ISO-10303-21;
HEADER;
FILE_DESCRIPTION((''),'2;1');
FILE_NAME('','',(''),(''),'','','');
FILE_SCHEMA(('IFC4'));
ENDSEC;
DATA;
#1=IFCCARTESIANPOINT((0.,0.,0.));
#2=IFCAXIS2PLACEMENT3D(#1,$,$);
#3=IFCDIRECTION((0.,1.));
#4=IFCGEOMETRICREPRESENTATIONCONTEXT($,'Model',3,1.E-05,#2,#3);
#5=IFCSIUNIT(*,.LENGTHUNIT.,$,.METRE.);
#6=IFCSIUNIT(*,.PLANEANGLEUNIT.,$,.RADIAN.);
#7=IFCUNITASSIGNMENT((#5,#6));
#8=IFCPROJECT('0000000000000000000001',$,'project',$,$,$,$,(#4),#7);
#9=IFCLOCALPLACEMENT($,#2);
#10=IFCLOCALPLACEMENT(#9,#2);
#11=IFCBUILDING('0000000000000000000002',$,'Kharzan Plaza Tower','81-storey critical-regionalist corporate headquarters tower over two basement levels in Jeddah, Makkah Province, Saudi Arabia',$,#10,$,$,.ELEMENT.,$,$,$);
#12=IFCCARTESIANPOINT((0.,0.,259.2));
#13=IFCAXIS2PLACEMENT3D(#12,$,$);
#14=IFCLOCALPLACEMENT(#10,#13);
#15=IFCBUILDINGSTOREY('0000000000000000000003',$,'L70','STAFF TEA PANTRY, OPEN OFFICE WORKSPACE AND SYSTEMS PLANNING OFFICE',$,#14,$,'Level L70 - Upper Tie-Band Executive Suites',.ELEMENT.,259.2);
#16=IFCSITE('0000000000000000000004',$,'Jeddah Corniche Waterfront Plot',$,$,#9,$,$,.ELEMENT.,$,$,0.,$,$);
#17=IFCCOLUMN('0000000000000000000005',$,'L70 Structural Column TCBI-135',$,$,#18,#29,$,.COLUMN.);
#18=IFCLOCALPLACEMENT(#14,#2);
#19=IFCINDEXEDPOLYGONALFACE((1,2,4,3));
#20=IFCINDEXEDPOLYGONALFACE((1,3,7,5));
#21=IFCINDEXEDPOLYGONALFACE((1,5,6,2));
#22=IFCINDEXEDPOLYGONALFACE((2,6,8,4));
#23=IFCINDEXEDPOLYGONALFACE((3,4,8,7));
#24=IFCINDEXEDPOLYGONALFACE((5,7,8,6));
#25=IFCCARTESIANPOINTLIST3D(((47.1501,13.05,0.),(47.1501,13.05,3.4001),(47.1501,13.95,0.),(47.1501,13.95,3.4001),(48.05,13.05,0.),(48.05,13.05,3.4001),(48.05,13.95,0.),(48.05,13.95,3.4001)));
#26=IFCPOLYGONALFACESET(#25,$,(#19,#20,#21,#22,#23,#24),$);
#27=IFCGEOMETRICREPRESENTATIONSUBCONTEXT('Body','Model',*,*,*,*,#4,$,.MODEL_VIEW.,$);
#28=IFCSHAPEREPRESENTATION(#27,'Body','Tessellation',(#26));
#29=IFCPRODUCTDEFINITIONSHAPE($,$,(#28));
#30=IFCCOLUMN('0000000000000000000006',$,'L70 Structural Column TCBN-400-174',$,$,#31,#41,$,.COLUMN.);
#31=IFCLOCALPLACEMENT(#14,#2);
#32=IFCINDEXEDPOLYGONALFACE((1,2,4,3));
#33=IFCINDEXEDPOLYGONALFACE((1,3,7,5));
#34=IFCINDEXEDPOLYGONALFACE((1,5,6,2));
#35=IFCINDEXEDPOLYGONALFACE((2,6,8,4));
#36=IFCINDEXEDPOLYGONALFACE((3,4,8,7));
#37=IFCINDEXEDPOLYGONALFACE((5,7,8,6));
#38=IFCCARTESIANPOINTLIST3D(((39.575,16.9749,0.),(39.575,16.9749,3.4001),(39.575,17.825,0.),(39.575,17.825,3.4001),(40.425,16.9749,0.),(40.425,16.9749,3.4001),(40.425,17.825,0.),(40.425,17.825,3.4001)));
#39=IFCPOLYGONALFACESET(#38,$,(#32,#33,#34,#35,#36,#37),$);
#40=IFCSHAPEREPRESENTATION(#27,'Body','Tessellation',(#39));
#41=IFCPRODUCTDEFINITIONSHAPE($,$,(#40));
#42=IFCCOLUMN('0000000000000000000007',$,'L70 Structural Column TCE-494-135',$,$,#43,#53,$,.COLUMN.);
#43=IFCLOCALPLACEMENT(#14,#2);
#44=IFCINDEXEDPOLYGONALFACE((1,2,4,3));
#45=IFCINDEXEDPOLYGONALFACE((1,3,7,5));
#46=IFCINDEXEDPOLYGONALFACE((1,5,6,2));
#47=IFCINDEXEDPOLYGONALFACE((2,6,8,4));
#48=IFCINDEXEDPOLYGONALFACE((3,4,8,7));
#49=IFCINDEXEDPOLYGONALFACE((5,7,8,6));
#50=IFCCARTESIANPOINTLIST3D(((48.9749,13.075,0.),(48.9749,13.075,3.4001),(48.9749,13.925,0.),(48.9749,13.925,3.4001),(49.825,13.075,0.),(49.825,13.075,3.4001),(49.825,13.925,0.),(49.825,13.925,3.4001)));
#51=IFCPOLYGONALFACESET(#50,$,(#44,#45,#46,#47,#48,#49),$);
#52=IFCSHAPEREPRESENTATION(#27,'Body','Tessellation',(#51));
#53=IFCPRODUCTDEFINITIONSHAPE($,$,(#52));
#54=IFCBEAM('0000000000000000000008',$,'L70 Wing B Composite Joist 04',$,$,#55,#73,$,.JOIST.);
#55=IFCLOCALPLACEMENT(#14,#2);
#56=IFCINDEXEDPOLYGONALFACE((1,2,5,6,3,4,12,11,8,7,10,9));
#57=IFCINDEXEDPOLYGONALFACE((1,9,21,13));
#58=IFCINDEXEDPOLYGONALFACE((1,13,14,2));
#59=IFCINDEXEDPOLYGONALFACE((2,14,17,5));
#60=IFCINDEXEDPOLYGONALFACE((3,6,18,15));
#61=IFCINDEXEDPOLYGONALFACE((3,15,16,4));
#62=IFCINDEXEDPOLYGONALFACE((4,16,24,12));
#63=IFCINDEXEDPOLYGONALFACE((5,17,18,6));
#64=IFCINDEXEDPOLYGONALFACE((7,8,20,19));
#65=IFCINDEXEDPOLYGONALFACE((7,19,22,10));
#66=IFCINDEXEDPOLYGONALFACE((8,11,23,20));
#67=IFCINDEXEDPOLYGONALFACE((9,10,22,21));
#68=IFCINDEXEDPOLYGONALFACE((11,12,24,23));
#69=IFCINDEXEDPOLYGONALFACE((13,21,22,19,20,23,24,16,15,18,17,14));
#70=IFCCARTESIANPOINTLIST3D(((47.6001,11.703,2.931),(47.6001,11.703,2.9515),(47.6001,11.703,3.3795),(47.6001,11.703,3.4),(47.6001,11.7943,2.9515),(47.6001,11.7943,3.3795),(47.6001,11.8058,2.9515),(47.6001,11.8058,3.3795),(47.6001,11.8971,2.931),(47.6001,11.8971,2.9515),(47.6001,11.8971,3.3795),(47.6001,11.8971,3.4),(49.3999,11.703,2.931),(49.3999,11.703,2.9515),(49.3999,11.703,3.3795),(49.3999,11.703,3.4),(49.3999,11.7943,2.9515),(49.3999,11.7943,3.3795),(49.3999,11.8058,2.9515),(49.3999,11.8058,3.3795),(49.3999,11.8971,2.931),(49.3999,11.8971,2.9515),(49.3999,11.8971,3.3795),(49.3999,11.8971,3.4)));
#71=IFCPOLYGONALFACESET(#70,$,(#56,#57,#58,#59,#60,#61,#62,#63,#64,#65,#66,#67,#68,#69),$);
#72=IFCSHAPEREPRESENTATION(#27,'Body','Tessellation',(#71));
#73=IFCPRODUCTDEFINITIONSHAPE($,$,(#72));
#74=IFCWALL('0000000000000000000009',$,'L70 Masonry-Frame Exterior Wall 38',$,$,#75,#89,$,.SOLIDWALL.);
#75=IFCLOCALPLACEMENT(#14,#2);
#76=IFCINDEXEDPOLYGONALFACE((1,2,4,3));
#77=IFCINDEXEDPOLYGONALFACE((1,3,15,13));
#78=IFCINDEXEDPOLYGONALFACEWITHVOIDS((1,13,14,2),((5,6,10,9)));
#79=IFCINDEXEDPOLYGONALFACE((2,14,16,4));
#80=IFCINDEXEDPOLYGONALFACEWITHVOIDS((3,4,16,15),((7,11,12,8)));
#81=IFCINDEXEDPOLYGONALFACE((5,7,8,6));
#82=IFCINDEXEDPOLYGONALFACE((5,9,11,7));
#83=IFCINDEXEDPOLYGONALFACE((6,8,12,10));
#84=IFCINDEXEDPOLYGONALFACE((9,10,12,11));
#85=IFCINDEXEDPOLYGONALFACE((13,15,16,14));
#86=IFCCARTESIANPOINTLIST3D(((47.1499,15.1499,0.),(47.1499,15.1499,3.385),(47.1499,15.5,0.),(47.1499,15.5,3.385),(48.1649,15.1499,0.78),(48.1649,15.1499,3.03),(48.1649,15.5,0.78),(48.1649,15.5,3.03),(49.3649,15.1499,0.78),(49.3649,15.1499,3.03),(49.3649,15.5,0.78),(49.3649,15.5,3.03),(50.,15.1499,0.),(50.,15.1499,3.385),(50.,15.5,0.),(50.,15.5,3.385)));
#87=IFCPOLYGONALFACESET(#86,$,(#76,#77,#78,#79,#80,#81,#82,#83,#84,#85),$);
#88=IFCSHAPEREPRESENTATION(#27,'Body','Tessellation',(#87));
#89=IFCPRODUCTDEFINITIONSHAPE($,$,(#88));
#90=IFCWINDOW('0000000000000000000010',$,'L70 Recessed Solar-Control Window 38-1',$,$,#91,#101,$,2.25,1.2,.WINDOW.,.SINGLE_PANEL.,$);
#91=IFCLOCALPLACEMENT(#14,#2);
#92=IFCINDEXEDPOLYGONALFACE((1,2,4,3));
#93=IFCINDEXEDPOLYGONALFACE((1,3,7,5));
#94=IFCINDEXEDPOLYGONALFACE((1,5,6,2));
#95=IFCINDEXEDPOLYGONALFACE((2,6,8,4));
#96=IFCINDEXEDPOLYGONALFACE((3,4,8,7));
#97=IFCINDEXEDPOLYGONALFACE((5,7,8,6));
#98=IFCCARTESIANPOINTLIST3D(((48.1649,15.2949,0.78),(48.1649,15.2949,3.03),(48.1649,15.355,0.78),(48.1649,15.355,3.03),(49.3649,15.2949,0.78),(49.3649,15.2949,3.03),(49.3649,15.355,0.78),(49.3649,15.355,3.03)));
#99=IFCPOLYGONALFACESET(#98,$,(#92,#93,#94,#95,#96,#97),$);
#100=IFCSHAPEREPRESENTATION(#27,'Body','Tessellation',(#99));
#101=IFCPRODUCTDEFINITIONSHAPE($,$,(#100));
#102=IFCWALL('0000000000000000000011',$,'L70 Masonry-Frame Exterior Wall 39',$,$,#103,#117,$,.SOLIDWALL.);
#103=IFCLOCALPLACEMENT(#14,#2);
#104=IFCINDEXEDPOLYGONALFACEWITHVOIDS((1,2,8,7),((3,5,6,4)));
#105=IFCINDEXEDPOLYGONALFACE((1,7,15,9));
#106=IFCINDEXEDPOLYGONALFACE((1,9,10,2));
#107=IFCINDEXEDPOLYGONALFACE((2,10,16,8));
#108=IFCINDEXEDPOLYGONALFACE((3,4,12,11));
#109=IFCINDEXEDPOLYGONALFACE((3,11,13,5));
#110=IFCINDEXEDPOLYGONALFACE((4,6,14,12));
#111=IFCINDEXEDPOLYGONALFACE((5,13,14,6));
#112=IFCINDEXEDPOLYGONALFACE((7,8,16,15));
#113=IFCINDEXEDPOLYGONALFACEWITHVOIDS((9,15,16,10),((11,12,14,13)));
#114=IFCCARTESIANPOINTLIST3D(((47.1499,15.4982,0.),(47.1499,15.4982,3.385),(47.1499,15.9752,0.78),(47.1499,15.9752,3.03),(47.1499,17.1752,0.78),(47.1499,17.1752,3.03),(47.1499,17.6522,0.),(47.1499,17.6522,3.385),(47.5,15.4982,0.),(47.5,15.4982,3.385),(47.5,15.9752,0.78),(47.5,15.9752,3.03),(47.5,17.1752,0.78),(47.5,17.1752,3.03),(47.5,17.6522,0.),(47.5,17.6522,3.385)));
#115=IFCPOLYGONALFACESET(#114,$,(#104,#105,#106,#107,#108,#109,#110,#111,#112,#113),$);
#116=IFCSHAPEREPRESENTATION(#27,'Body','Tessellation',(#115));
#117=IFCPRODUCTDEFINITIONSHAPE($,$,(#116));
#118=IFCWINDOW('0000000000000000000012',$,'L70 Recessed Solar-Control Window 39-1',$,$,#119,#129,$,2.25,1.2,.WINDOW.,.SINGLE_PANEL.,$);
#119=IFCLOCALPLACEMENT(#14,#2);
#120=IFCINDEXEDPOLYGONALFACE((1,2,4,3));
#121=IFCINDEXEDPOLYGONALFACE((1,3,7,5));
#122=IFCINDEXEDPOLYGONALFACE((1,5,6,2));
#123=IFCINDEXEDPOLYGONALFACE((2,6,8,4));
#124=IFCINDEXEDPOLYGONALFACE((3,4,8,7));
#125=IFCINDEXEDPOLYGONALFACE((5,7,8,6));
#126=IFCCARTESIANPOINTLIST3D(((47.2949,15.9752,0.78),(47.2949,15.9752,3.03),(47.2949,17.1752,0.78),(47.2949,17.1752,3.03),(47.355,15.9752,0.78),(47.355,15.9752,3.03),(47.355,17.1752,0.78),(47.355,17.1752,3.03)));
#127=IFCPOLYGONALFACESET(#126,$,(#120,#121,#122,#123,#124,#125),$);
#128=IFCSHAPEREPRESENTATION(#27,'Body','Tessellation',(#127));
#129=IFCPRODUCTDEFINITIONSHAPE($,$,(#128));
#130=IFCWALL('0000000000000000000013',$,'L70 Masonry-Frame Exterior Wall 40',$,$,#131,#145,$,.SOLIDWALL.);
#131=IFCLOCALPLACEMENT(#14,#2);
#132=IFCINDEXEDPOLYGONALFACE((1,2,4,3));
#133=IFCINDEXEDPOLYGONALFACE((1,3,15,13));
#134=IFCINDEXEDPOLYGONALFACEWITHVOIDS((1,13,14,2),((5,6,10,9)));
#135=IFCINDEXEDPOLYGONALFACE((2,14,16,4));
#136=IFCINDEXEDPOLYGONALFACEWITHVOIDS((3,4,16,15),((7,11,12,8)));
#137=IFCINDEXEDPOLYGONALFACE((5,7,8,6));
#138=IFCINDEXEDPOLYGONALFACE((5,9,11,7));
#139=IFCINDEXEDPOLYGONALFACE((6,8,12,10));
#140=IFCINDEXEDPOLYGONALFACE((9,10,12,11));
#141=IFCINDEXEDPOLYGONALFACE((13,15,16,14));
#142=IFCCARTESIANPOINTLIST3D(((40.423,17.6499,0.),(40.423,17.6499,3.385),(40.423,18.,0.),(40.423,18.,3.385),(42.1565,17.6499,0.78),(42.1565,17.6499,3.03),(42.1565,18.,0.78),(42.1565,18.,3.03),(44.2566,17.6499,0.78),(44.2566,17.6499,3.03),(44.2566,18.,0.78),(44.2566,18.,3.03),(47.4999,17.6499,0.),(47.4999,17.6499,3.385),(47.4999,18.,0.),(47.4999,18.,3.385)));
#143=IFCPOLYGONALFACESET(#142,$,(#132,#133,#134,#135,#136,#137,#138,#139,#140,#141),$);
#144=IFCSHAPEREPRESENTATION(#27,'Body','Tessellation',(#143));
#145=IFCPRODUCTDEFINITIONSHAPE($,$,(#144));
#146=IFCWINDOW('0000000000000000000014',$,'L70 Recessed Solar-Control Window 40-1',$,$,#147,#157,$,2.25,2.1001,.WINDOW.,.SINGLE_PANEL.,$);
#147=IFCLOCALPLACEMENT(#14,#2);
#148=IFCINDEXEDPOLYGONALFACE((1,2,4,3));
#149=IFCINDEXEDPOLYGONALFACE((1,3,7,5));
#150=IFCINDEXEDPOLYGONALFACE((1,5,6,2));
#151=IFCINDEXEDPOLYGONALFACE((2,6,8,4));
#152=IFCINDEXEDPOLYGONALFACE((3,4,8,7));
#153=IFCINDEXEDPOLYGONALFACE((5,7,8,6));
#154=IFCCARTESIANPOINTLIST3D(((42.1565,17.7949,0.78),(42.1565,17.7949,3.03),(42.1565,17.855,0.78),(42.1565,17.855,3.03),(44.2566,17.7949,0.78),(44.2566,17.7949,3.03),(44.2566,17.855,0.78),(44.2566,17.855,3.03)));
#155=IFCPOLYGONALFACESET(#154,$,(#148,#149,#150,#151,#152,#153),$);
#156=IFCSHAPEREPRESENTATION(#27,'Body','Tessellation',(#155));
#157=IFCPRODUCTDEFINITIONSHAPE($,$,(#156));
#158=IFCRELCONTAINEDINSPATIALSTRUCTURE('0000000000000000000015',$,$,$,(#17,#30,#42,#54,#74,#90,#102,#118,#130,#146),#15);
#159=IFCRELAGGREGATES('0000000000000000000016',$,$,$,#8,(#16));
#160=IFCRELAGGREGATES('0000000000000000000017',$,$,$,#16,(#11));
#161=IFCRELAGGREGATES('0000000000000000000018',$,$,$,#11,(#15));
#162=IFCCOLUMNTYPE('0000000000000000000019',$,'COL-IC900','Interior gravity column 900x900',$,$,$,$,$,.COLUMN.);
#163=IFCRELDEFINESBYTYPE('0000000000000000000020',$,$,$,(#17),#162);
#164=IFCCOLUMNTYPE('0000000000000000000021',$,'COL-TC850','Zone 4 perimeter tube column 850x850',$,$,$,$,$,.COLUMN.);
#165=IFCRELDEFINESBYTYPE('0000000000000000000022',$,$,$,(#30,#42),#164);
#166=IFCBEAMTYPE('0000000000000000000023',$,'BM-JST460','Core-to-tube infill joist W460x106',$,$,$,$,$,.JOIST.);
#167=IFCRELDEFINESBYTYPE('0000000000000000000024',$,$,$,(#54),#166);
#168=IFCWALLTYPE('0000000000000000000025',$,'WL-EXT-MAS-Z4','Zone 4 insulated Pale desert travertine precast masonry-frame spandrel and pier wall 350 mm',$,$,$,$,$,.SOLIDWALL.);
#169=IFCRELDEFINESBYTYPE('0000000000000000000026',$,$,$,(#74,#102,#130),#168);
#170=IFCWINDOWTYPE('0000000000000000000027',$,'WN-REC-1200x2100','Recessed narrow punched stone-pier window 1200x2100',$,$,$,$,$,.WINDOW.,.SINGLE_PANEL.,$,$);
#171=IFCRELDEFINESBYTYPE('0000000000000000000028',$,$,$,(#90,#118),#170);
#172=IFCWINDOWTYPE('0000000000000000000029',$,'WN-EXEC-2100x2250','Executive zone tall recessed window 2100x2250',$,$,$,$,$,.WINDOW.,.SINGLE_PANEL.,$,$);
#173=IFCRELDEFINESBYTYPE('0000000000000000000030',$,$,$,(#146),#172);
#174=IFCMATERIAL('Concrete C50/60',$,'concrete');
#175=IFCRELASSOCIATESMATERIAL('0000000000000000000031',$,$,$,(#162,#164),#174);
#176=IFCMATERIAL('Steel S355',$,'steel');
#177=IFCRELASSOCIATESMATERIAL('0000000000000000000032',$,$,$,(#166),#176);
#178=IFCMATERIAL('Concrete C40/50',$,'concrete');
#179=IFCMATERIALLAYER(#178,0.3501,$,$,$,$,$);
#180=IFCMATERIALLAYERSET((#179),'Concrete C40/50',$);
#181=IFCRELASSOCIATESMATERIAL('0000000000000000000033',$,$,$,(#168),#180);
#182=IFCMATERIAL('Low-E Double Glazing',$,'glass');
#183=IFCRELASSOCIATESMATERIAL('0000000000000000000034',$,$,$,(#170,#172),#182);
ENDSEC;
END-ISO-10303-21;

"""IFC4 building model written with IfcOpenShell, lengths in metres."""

from ifc_helpers import new_model, si_unit, direction, frame, frame_2d, origin, origin_2d, place, context, subcontext, project, spatial, rectangle, i_section, extrude, source, transform, mapped, material, layer, layer_set, material_profile, profile_set, type_object, element, fill, save


model = new_model("IFC4")

# Units and contexts
model_context = context("Model", 3, precision=1e-05, world=origin(), true_north=direction((0.0, 1.0)))
body_context = subcontext(model_context, "Body", "Model", "MODEL_VIEW")
ifc_project = project(units=[si_unit("LENGTHUNIT", "METRE"), si_unit("PLANEANGLEUNIT", "RADIAN")], contexts=[model_context])

# Site, building, storey
site_placement = place(None, origin())
site = spatial("IfcSite", under=ifc_project, at=site_placement, Name="Jeddah Corniche Waterfront Plot", CompositionType="ELEMENT", RefElevation=0.0)
building_placement = place(site_placement, origin())
building = spatial("IfcBuilding", under=site, at=building_placement, Name="Kharzan Plaza Tower", Description="81-storey critical-regionalist corporate headquarters tower over two basement levels in Jeddah, Makkah Province, Saudi Arabia", CompositionType="ELEMENT")
storey_placement = place(building_placement, frame((0.0, 0.0, 259.2)))
storey = spatial("IfcBuildingStorey", under=building, at=storey_placement, Name="L70", Description="STAFF TEA PANTRY, OPEN OFFICE WORKSPACE AND SYSTEMS PLANNING OFFICE", LongName="Level L70 - Upper Tie-Band Executive Suites", CompositionType="ELEMENT", Elevation=259.2)

# Columns
ifc_material_1 = material(Name="Concrete C50/60", Category="concrete")
ifc_material_profile_1 = material_profile(ifc_material_1, rectangle(XDim=0.8999, YDim=0.8999, at=origin_2d()), Name="RC-IC900x900")
ifc_profile_set_1 = profile_set([ifc_material_profile_1], Name="Concrete C50/60")
column_type_1 = type_object("IfcColumnType", Name="COL-IC900", Description="Interior gravity column 900x900", PredefinedType="COLUMN", material=ifc_profile_set_1)
shared_shape_1 = source(origin(), body_context, "Body", "SweptSolid", [
    extrude(rectangle(XDim=0.8999, YDim=0.8999, at=origin_2d()), origin(), (0.0, 0.0, 1.0), 3.4001),
])
column_placement = place(storey_placement, frame((47.6001, 13.5, 0.0), z_axis=(0.0, 0.0, 1.0), x_axis=(1.0, 0.0, 0.0)))
element("IfcColumn", 1, at=column_placement, inside=storey, type_object=column_type_1, Name="L70 Structural Column TCBI-135", PredefinedType="COLUMN", context=body_context, shape_type="MappedRepresentation", body=[
    mapped(shared_shape_1, transform((0.0, 0.0, 0.0), x_axis=(1.0, 0.0, 0.0), y_axis=(0.0, 1.0, 0.0), z_axis=(0.0, 0.0, 1.0))),
])
ifc_material_profile_2 = material_profile(ifc_material_1, rectangle(XDim=0.8501, YDim=0.8501, at=origin_2d()), Name="RC-TC850x850")
ifc_profile_set_2 = profile_set([ifc_material_profile_2], Name="Concrete C50/60")
column_type_2 = type_object("IfcColumnType", Name="COL-TC850", Description="Zone 4 perimeter tube column 850x850", PredefinedType="COLUMN", material=ifc_profile_set_2)
shared_shape_2 = source(origin(), body_context, "Body", "SweptSolid", [
    extrude(rectangle(XDim=0.8501, YDim=0.8501, at=origin_2d()), origin(), (0.0, 0.0, 1.0), 3.4001),
])
for number, where, z_axis, x_axis, name in (
    (2, (40.0, 17.3999, 0.0), (0.0, 0.0, 1.0), (1.0, 0.0, 0.0), "L70 Structural Column TCBN-400-174"),
    (3, (49.3999, 13.5, 0.0), (0.0, 0.0, 1.0), (1.0, 0.0, 0.0), "L70 Structural Column TCE-494-135"),
):
    element("IfcColumn", number, at=place(storey_placement, frame(where, z_axis=z_axis, x_axis=x_axis)), inside=storey, type_object=column_type_2, Name=name, PredefinedType="COLUMN", context=body_context, shape_type="MappedRepresentation", body=[
        mapped(shared_shape_2, transform((0.0, 0.0, 0.0), x_axis=(1.0, 0.0, 0.0), y_axis=(0.0, 1.0, 0.0), z_axis=(0.0, 0.0, 1.0))),
    ])

# Beam
ifc_material_2 = material(Name="Steel S355", Category="steel")
ifc_material_profile_3 = material_profile(ifc_material_2, i_section(OverallWidth=0.1941, OverallDepth=0.469, WebThickness=0.0115, FlangeThickness=0.0205, at=origin_2d()), Name="W460x106")
ifc_profile_set_3 = profile_set([ifc_material_profile_3], Name="Steel S355")
beam_type = type_object("IfcBeamType", Name="BM-JST460", Description="Core-to-tube infill joist W460x106", PredefinedType="JOIST", material=ifc_profile_set_3)
shared_shape_3 = source(origin(), body_context, "Body", "SweptSolid", [
    extrude(i_section(OverallWidth=0.1941, OverallDepth=0.469, WebThickness=0.0115, FlangeThickness=0.0205, at=origin_2d()), origin(), (0.0, 0.0, 1.0), 1.7998),
])
beam_placement = place(storey_placement, frame((47.6001, 11.8, 3.1655), z_axis=(1.0, 0.0, 0.0), x_axis=(0.0, 1.0, 0.0)))
element("IfcBeam", 4, at=beam_placement, inside=storey, type_object=beam_type, Name="L70 Wing B Composite Joist 04", PredefinedType="JOIST", context=body_context, shape_type="MappedRepresentation", body=[
    mapped(shared_shape_3, transform((0.0, 0.0, 0.0), x_axis=(1.0, 0.0, 0.0), y_axis=(0.0, 1.0, 0.0), z_axis=(0.0, 0.0, 1.0))),
])

# Walls, openings, windows
ifc_material_3 = material(Name="Concrete C40/50", Category="concrete")
ifc_layer_1 = layer(ifc_material_3, 0.3501)
ifc_layer_set_1 = layer_set([ifc_layer_1], Name="Concrete C40/50")
wall_type_1 = type_object("IfcWallType", Name="WL-EXT-MAS-Z4", Description="Zone 4 insulated Pale desert travertine precast masonry-frame spandrel and pier wall 350 mm", PredefinedType="SOLIDWALL", material=ifc_layer_set_1)
wall_1_placement = place(storey_placement, frame((50.0, 15.325, 0.0), z_axis=(0.0, 0.0, 1.0), x_axis=(-1.0, 0.0, 0.0)))
wall_1 = element("IfcWall", 5, at=wall_1_placement, inside=storey, type_object=wall_type_1, Name="L70 Masonry-Frame Exterior Wall 38", PredefinedType="SOLIDWALL", context=body_context, shape_type="SweptSolid", body=[
    extrude(rectangle(XDim=2.8501, YDim=0.3501, at=frame_2d((1.425, 0.0))), origin(), (0.0, 0.0, 1.0), 3.385),
])
opening_1_placement = place(wall_1_placement, frame((0.635, 0.0, 0.78)))
opening_1 = element("IfcOpeningElement", 6, at=opening_1_placement, cuts=wall_1, PredefinedType="OPENING", context=body_context, shape_type="SweptSolid", body=[
    extrude(rectangle(XDim=1.2, YDim=2.25, at=frame_2d((0.6001, 1.125))), frame((0.0, 0.1851, 0.0), z_axis=(0.0, -1.0, 0.0), x_axis=(1.0, 0.0, 0.0)), (0.0, 0.0, 1.0), 0.3701),
])
ifc_material_4 = material(Name="Low-E Double Glazing", Category="glass")
window_type_1 = type_object("IfcWindowType", Name="WN-REC-1200x2100", Description="Recessed narrow punched stone-pier window 1200x2100", PartitioningType="SINGLE_PANEL", PredefinedType="WINDOW", material=ifc_material_4)
shared_shape_4 = source(origin(), body_context, "Body", "SweptSolid", [
    extrude(rectangle(XDim=1.2, YDim=2.25, at=frame_2d((0.6001, 1.125))), frame((0.0, 0.03, 0.0), z_axis=(0.0, -1.0, 0.0), x_axis=(1.0, 0.0, 0.0)), (0.0, 0.0, 1.0), 0.0601),
])
window_1_placement = place(opening_1_placement, origin())
window_1 = element("IfcWindow", 7, at=window_1_placement, inside=storey, type_object=window_type_1, Name="L70 Recessed Solar-Control Window 38-1", OverallHeight=2.25, OverallWidth=1.2, PartitioningType="SINGLE_PANEL", PredefinedType="WINDOW", context=body_context, shape_type="MappedRepresentation", body=[
    mapped(shared_shape_4, transform((0.0, 0.0, 0.0), x_axis=(1.0, 0.0, 0.0), y_axis=(0.0, 1.0, 0.0), z_axis=(0.0, 0.0, 1.0))),
])
fill(opening_1, window_1)
wall_2_placement = place(storey_placement, frame((47.325, 15.498, 0.0), z_axis=(0.0, 0.0, 1.0), x_axis=(0.0, 1.0, 0.0)))
wall_2 = element("IfcWall", 8, at=wall_2_placement, inside=storey, type_object=wall_type_1, Name="L70 Masonry-Frame Exterior Wall 39", PredefinedType="SOLIDWALL", context=body_context, shape_type="SweptSolid", body=[
    extrude(rectangle(XDim=2.1541, YDim=0.3501, at=frame_2d((1.0771, 0.0))), origin(), (0.0, 0.0, 1.0), 3.385),
])
opening_2_placement = place(wall_2_placement, frame((0.4771, 0.0, 0.78)))
opening_2 = element("IfcOpeningElement", 9, at=opening_2_placement, cuts=wall_2, PredefinedType="OPENING", context=body_context, shape_type="SweptSolid", body=[
    extrude(rectangle(XDim=1.2, YDim=2.25, at=frame_2d((0.6001, 1.125))), frame((0.0, 0.1851, 0.0), z_axis=(0.0, -1.0, 0.0), x_axis=(1.0, 0.0, 0.0)), (0.0, 0.0, 1.0), 0.3701),
])
window_2_placement = place(opening_2_placement, origin())
window_2 = element("IfcWindow", 10, at=window_2_placement, inside=storey, type_object=window_type_1, Name="L70 Recessed Solar-Control Window 39-1", OverallHeight=2.25, OverallWidth=1.2, PartitioningType="SINGLE_PANEL", PredefinedType="WINDOW", context=body_context, shape_type="MappedRepresentation", body=[
    mapped(shared_shape_4, transform((0.0, 0.0, 0.0), x_axis=(1.0, 0.0, 0.0), y_axis=(0.0, 1.0, 0.0), z_axis=(0.0, 0.0, 1.0))),
])
fill(opening_2, window_2)
wall_3_placement = place(storey_placement, frame((47.5, 17.825, 0.0), z_axis=(0.0, 0.0, 1.0), x_axis=(-1.0, 0.0, 0.0)))
wall_3 = element("IfcWall", 11, at=wall_3_placement, inside=storey, type_object=wall_type_1, Name="L70 Masonry-Frame Exterior Wall 40", PredefinedType="SOLIDWALL", context=body_context, shape_type="SweptSolid", body=[
    extrude(rectangle(XDim=7.0769, YDim=0.3501, at=frame_2d((3.5386, 0.0))), origin(), (0.0, 0.0, 1.0), 3.385),
])
opening_3_placement = place(wall_3_placement, frame((3.2434, 0.0, 0.78)))
opening_3 = element("IfcOpeningElement", 12, at=opening_3_placement, cuts=wall_3, PredefinedType="OPENING", context=body_context, shape_type="SweptSolid", body=[
    extrude(rectangle(XDim=2.1001, YDim=2.25, at=frame_2d((1.05, 1.125))), frame((0.0, 0.1851, 0.0), z_axis=(0.0, -1.0, 0.0), x_axis=(1.0, 0.0, 0.0)), (0.0, 0.0, 1.0), 0.3701),
])
window_type_2 = type_object("IfcWindowType", Name="WN-EXEC-2100x2250", Description="Executive zone tall recessed window 2100x2250", PartitioningType="SINGLE_PANEL", PredefinedType="WINDOW", material=ifc_material_4)
shared_shape_5 = source(origin(), body_context, "Body", "SweptSolid", [
    extrude(rectangle(XDim=2.1001, YDim=2.25, at=frame_2d((1.05, 1.125))), frame((0.0, 0.03, 0.0), z_axis=(0.0, -1.0, 0.0), x_axis=(1.0, 0.0, 0.0)), (0.0, 0.0, 1.0), 0.0601),
])
window_3_placement = place(opening_3_placement, origin())
window_3 = element("IfcWindow", 13, at=window_3_placement, inside=storey, type_object=window_type_2, Name="L70 Recessed Solar-Control Window 40-1", OverallHeight=2.25, OverallWidth=2.1001, PartitioningType="SINGLE_PANEL", PredefinedType="WINDOW", context=body_context, shape_type="MappedRepresentation", body=[
    mapped(shared_shape_5, transform((0.0, 0.0, 0.0), x_axis=(1.0, 0.0, 0.0), y_axis=(0.0, 1.0, 0.0), z_axis=(0.0, 0.0, 1.0))),
])
fill(opening_3, window_3)

save(model, "model.ifc")
